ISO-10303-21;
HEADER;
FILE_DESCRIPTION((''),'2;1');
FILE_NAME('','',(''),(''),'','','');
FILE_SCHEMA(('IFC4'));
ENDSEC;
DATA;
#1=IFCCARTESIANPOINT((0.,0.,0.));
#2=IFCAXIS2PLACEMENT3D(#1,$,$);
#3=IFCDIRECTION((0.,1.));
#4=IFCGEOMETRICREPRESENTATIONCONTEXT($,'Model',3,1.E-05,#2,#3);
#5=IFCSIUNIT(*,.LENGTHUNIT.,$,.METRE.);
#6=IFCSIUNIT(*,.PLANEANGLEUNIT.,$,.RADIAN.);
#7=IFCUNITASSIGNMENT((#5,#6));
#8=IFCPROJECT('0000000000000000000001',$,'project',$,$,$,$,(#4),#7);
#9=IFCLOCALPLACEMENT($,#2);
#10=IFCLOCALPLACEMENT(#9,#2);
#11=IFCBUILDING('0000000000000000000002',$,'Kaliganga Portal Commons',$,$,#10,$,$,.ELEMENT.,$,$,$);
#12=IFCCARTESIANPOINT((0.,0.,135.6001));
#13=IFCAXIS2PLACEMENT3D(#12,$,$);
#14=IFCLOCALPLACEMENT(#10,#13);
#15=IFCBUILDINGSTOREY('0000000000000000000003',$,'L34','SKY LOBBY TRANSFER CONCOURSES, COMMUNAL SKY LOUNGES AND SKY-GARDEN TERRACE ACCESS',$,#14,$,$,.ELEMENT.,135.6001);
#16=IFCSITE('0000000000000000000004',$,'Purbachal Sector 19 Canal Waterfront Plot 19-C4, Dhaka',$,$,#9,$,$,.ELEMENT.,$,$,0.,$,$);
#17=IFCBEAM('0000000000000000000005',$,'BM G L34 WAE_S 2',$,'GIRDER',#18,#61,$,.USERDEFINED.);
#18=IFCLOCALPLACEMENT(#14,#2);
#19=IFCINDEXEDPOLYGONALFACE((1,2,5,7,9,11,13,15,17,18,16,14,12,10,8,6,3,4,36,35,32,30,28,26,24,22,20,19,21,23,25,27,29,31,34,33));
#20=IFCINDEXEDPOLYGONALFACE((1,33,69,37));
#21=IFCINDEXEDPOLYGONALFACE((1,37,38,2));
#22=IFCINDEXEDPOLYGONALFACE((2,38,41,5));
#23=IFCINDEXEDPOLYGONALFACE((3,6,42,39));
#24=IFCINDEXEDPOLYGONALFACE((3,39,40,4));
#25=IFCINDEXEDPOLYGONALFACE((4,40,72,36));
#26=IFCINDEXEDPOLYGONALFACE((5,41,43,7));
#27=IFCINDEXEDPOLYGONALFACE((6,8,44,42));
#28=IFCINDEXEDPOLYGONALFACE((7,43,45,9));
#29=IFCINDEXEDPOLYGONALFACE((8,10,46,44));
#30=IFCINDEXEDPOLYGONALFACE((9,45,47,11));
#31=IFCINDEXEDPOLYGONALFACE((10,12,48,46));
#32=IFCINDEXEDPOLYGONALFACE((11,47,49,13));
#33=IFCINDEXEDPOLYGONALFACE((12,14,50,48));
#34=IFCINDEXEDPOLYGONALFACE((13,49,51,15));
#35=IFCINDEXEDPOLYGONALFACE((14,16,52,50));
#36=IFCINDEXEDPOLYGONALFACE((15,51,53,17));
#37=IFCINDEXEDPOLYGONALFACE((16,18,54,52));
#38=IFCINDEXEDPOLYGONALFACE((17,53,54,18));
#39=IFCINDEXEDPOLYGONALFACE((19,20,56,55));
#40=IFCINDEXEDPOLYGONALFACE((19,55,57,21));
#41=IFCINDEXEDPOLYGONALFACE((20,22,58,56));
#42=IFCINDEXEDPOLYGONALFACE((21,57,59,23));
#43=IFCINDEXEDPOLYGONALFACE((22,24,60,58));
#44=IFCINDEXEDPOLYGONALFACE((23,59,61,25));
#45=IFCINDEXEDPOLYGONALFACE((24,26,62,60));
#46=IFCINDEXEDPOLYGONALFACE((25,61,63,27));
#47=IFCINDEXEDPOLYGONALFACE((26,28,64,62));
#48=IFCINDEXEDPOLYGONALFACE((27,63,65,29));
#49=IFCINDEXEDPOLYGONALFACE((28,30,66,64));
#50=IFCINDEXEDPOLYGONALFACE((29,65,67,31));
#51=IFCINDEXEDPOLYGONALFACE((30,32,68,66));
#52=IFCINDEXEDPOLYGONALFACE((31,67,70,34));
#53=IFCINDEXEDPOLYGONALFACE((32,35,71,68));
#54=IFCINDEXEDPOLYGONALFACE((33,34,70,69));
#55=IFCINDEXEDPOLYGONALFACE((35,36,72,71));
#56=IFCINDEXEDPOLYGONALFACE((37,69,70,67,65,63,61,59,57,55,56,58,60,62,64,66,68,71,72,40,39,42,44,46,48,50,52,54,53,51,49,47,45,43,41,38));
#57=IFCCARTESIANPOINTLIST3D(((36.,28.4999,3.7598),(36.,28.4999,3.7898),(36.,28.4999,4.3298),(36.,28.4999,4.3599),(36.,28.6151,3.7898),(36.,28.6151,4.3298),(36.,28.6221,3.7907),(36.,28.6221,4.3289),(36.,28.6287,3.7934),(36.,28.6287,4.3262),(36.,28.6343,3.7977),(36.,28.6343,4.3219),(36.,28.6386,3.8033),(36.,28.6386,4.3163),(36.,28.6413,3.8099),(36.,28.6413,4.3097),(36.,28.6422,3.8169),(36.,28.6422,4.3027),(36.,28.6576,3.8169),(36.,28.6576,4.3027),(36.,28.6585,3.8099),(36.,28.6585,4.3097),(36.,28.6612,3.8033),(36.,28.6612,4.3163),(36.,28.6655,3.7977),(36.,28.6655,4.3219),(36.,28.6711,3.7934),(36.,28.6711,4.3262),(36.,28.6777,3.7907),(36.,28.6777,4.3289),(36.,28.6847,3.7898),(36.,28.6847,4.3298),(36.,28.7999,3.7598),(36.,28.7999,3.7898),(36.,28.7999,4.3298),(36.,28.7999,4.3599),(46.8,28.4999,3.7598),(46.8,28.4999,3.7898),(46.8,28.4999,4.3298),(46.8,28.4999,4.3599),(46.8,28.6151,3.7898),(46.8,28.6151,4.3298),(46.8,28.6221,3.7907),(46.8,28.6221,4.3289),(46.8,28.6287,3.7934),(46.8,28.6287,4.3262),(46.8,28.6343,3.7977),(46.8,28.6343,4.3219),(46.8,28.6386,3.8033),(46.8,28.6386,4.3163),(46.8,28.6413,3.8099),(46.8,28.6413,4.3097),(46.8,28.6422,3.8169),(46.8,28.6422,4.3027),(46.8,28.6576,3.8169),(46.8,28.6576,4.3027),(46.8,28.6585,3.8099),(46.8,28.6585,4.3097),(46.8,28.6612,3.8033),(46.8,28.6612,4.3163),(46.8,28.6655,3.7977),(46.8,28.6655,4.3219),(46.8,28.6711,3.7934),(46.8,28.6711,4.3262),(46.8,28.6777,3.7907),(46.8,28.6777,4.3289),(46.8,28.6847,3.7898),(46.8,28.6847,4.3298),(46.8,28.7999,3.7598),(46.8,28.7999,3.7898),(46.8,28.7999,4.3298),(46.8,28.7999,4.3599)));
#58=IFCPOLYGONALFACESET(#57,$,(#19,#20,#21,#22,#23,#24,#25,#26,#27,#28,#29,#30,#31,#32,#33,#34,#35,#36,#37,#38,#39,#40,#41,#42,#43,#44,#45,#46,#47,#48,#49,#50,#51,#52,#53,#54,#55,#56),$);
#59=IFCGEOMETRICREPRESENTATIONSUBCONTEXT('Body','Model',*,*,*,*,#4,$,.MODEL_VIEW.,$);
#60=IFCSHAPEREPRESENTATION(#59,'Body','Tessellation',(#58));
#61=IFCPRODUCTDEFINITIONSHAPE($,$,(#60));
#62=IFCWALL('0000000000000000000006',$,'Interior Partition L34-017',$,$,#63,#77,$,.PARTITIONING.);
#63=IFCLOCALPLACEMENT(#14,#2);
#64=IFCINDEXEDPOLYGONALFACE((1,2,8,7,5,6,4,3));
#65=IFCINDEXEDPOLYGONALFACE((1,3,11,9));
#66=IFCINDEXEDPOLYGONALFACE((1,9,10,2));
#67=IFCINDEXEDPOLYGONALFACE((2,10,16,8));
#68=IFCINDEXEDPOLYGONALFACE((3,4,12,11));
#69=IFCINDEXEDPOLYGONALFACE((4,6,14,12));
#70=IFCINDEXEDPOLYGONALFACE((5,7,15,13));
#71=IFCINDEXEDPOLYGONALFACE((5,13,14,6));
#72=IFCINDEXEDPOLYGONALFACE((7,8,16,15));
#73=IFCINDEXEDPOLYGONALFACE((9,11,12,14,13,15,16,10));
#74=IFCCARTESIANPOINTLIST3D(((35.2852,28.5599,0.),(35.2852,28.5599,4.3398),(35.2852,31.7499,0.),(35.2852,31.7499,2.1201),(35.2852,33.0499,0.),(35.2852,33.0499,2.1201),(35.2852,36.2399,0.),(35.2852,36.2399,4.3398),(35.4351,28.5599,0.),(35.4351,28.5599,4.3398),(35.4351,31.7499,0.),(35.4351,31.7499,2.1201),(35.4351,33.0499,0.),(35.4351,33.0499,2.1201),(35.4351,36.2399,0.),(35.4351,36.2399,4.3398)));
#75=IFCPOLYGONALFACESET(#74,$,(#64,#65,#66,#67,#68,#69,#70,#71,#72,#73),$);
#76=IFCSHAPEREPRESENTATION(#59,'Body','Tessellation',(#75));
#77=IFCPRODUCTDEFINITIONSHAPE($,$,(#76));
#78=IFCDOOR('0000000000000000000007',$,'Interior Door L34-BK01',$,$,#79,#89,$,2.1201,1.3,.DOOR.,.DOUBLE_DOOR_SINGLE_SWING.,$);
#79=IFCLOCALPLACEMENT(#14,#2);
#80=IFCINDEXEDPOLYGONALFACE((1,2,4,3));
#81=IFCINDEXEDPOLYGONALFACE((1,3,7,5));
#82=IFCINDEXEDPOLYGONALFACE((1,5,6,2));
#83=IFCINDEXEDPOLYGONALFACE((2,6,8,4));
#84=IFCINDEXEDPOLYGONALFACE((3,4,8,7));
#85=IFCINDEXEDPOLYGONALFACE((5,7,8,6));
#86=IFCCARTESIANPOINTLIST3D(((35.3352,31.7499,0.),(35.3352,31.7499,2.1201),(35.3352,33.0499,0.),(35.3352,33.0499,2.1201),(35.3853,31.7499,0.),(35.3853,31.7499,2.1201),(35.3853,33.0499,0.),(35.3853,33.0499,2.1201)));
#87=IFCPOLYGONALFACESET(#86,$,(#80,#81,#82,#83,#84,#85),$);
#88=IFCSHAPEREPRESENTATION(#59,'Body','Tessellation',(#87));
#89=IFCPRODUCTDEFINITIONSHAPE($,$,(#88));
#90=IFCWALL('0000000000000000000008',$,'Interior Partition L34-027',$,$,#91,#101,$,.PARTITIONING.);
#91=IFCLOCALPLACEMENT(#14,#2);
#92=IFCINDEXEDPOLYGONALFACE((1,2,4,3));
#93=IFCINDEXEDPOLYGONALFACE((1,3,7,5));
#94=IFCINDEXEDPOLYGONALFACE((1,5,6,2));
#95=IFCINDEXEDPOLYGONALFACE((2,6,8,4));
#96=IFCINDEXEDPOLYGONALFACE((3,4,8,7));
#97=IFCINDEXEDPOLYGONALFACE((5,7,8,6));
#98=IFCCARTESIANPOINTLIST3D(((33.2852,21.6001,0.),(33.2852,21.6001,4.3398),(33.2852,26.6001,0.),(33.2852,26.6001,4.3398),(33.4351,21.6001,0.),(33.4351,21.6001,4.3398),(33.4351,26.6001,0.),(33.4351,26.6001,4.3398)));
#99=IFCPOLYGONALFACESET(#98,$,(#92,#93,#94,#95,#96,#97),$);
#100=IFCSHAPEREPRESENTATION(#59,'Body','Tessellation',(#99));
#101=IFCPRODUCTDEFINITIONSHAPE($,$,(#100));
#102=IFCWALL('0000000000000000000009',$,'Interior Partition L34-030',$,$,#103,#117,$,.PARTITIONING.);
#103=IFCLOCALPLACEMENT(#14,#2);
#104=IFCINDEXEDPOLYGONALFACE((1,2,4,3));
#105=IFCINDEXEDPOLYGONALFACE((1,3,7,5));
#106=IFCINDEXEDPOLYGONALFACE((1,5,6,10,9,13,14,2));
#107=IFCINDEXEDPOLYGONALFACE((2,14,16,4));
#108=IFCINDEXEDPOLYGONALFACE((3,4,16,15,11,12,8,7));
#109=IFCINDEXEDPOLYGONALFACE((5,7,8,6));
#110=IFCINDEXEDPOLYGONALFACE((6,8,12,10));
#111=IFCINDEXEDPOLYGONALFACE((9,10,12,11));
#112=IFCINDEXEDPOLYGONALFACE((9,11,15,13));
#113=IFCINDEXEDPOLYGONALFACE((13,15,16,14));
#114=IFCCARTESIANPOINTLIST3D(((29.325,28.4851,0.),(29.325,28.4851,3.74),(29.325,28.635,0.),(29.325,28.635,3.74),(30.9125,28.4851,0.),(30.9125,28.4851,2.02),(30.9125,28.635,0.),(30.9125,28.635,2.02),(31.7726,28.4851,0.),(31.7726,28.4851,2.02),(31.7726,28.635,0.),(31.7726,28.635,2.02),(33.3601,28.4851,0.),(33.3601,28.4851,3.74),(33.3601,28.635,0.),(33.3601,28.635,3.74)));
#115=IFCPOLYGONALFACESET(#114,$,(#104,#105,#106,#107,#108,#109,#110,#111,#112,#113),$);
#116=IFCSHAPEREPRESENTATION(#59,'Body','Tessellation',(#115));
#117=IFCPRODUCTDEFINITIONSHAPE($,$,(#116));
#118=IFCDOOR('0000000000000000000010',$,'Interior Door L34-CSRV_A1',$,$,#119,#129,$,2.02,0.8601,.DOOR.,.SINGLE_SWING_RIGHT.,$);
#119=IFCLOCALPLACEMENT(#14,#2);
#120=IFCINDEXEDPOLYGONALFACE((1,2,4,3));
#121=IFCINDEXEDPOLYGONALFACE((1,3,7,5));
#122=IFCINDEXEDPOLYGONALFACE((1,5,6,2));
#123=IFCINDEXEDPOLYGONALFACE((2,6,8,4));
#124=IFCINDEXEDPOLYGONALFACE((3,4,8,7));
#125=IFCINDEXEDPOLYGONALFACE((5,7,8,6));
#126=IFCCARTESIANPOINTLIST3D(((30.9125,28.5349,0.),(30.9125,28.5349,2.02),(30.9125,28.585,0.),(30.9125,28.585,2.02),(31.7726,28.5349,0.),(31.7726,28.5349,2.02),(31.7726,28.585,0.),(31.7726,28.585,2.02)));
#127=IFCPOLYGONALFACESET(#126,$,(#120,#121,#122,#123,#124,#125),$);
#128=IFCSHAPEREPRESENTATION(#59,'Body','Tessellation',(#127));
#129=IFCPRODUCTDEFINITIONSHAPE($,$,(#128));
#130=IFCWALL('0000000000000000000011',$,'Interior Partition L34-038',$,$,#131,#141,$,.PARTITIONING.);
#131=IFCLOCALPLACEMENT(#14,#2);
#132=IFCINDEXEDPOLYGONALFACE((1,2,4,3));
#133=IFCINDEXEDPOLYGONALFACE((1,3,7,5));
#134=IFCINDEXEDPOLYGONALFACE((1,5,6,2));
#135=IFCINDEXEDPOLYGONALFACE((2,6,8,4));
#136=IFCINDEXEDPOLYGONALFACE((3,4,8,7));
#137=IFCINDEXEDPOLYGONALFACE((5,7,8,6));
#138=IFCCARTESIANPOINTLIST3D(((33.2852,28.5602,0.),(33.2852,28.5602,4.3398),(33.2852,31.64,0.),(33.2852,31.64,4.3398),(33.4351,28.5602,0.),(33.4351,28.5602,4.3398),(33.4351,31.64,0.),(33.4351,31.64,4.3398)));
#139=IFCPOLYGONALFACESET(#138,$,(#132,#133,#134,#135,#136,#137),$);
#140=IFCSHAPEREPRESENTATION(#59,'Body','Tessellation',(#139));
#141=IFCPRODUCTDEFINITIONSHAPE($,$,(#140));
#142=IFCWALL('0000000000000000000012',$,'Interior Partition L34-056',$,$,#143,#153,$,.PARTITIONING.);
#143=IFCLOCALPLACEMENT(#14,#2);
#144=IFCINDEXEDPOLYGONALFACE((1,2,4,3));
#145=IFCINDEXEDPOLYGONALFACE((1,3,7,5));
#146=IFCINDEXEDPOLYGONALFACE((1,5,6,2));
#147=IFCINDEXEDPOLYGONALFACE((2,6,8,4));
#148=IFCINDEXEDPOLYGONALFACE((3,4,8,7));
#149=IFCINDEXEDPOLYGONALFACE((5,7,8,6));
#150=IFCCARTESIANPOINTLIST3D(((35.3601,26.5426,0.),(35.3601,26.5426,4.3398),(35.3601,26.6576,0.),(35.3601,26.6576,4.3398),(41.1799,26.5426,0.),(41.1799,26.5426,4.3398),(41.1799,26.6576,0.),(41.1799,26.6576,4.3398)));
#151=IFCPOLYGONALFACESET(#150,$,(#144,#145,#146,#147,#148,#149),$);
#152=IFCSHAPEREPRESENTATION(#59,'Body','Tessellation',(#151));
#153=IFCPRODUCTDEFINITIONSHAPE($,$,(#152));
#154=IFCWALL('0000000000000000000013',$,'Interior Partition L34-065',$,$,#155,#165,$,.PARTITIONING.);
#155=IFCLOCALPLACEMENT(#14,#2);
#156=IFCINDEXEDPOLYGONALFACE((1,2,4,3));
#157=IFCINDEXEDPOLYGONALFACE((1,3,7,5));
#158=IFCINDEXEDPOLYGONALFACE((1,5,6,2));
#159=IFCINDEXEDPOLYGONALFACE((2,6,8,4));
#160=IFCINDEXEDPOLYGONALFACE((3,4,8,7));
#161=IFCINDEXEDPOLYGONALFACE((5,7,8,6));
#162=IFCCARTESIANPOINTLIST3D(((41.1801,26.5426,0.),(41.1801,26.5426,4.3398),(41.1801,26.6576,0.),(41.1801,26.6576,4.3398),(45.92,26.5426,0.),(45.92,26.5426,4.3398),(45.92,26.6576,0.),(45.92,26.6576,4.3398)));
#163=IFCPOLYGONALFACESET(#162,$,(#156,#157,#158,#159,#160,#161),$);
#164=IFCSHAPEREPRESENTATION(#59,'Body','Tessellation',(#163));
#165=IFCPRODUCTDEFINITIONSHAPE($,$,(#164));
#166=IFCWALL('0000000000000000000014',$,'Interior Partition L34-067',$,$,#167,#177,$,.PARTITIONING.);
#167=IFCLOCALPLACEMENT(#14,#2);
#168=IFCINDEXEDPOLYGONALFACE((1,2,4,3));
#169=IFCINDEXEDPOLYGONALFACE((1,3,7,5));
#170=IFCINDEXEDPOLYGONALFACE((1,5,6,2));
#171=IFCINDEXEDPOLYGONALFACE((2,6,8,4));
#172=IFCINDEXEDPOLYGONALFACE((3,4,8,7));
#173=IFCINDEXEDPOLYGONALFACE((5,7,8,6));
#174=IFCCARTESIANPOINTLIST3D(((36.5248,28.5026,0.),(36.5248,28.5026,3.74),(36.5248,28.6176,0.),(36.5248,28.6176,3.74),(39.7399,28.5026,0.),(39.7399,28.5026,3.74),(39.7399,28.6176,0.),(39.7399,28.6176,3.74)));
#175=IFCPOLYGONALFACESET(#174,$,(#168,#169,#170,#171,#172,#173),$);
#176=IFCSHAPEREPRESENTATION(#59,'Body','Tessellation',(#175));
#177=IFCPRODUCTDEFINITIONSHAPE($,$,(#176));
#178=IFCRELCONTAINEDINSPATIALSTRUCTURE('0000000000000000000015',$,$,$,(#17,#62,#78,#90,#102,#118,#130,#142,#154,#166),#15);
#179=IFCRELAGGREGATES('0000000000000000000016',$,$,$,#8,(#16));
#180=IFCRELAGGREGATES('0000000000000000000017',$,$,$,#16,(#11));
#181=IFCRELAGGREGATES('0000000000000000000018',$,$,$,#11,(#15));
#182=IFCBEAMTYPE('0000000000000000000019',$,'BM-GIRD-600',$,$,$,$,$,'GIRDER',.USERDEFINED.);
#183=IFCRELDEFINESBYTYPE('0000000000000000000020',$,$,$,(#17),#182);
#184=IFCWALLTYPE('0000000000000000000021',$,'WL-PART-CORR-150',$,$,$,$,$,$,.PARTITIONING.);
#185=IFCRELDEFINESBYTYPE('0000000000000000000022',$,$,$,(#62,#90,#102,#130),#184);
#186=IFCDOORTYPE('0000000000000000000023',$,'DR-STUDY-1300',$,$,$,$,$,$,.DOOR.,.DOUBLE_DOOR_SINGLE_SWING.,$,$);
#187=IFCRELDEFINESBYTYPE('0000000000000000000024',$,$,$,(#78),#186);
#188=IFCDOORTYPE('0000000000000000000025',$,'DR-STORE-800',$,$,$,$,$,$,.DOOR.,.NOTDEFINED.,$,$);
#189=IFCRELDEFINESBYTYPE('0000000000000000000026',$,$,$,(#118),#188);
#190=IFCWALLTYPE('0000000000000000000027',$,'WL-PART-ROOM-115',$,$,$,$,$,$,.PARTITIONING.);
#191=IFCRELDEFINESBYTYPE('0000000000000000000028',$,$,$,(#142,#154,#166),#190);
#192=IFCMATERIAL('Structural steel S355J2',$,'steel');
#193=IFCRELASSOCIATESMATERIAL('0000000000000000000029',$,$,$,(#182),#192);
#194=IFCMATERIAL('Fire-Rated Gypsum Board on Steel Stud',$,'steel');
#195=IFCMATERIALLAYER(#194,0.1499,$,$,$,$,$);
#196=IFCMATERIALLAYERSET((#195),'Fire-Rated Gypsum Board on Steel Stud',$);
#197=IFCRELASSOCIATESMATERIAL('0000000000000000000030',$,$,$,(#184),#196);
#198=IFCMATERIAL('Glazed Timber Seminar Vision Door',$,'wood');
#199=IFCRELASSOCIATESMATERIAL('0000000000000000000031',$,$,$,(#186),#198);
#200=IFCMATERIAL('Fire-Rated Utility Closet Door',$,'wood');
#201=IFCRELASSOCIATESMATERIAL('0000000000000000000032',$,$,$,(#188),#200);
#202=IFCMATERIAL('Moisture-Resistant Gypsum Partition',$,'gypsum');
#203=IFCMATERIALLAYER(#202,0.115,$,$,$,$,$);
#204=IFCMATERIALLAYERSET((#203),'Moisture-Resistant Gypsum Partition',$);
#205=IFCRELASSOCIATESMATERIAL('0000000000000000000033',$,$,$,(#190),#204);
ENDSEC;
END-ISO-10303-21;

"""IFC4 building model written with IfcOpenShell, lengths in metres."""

from ifc_helpers import new_model, si_unit, direction, frame, frame_2d, origin, origin_2d, place, context, subcontext, project, spatial, rectangle, i_section, extrude, source, transform, mapped, material, layer, layer_set, material_profile, profile_set, type_object, element, fill, save


model = new_model("IFC4")

# Units and contexts
model_context = context("Model", 3, precision=1e-05, world=origin(), true_north=direction((0.0, 1.0)))
body_context = subcontext(model_context, "Body", "Model", "MODEL_VIEW")
ifc_project = project(units=[si_unit("LENGTHUNIT", "METRE"), si_unit("PLANEANGLEUNIT", "RADIAN")], contexts=[model_context])

# Site, building, storey
site_placement = place(None, origin())
site = spatial("IfcSite", under=ifc_project, at=site_placement, Name="Purbachal Sector 19 Canal Waterfront Plot 19-C4, Dhaka", CompositionType="ELEMENT", RefElevation=0.0)
building_placement = place(site_placement, origin())
building = spatial("IfcBuilding", under=site, at=building_placement, Name="Kaliganga Portal Commons", CompositionType="ELEMENT")
storey_placement = place(building_placement, frame((0.0, 0.0, 135.6001)))
storey = spatial("IfcBuildingStorey", under=building, at=storey_placement, Name="L34", Description="SKY LOBBY TRANSFER CONCOURSES, COMMUNAL SKY LOUNGES AND SKY-GARDEN TERRACE ACCESS", CompositionType="ELEMENT", Elevation=135.6001)

# Beam
ifc_material_1 = material(Name="Structural steel S355J2", Category="steel")
ifc_material_profile_1 = material_profile(ifc_material_1, i_section(OverallWidth=0.3, OverallDepth=0.6001, WebThickness=0.0154, FlangeThickness=0.03, FilletRadius=0.0271, at=origin_2d()), Name="HE 600 B")
ifc_profile_set_1 = profile_set([ifc_material_profile_1], Name="Structural steel S355J2 wide-flange")
beam_type_1 = type_object("IfcBeamType", Name="BM-GIRD-600", ElementType="GIRDER", PredefinedType="USERDEFINED", material=ifc_profile_set_1)
shared_shape_1 = source(origin(), body_context, "Body", "SweptSolid", [
    extrude(i_section(OverallWidth=0.3, OverallDepth=0.6001, WebThickness=0.0154, FlangeThickness=0.03, FilletRadius=0.0271, at=origin_2d()), origin(), (0.0, 0.0, 1.0), 10.8),
])
beam_1_placement = place(storey_placement, frame((36.0, 28.6499, 4.0598), z_axis=(1.0, 0.0, 0.0), x_axis=(0.0, 1.0, 0.0)))
element("IfcBeam", 1, at=beam_1_placement, inside=storey, type_object=beam_type_1, Name="BM G L34 WAE_S 2", ObjectType="GIRDER", PredefinedType="USERDEFINED", context=body_context, shape_type="MappedRepresentation", body=[
    mapped(shared_shape_1, transform((0.0, 0.0, 0.0), x_axis=(1.0, 0.0, 0.0), y_axis=(0.0, 1.0, 0.0), z_axis=(0.0, 0.0, 1.0), scale=1.0)),
])

# Wall, opening, door
ifc_material_2 = material(Name="Fire-Rated Gypsum Board on Steel Stud", Category="steel")
ifc_layer_1 = layer(ifc_material_2, 0.1499)
ifc_layer_set_1 = layer_set([ifc_layer_1], Name="Fire-Rated Gypsum Board on Steel Stud")
wall_type_1 = type_object("IfcWallType", Name="WL-PART-CORR-150", PredefinedType="PARTITIONING", material=ifc_layer_set_1)
wall_1_placement = place(storey_placement, frame((35.3601, 28.5601, 0.0), z_axis=(0.0, 0.0, 1.0), x_axis=(0.0, 1.0, 0.0)))
wall_1 = element("IfcWall", 2, at=wall_1_placement, inside=storey, type_object=wall_type_1, Name="Interior Partition L34-017", PredefinedType="PARTITIONING", context=body_context, shape_type="SweptSolid", body=[
    extrude(rectangle(XDim=7.6799, YDim=0.1499, at=frame_2d((3.8398, 0.0))), origin(), (0.0, 0.0, 1.0), 4.3398),
])
opening_1_placement = place(wall_1_placement, frame((3.1899, 0.0, 0.0)))
opening_1 = element("IfcOpeningElement", 3, at=opening_1_placement, cuts=wall_1, PredefinedType="OPENING", context=body_context, shape_type="SweptSolid", body=[
    extrude(rectangle(XDim=1.3, YDim=2.1201, at=frame_2d((0.6499, 1.0601))), frame((0.0, 0.085, 0.0), z_axis=(0.0, -1.0, 0.0), x_axis=(1.0, 0.0, 0.0)), (0.0, 0.0, 1.0), 0.1699),
])
ifc_material_3 = material(Name="Glazed Timber Seminar Vision Door", Category="wood")
door_type_1 = type_object("IfcDoorType", Name="DR-STUDY-1300", OperationType="DOUBLE_DOOR_SINGLE_SWING", PredefinedType="DOOR", material=ifc_material_3)
door_1_placement = place(opening_1_placement, origin())
door_1 = element("IfcDoor", 4, at=door_1_placement, inside=storey, type_object=door_type_1, Name="Interior Door L34-BK01", OperationType="DOUBLE_DOOR_SINGLE_SWING", OverallHeight=2.1201, OverallWidth=1.3, PredefinedType="DOOR", context=body_context, shape_type="SweptSolid", body=[
    extrude(rectangle(XDim=1.3, YDim=2.1201, at=frame_2d((0.6499, 1.0601))), frame((0.0, 0.0249, 0.0), z_axis=(0.0, -1.0, 0.0), x_axis=(1.0, 0.0, 0.0)), (0.0, 0.0, 1.0), 0.05),
])
fill(opening_1, door_1)

# Wall
wall_2_placement = place(storey_placement, frame((33.3601, 21.6001, 0.0), z_axis=(0.0, 0.0, 1.0), x_axis=(0.0, 1.0, 0.0)))
element("IfcWall", 5, at=wall_2_placement, inside=storey, type_object=wall_type_1, Name="Interior Partition L34-027", PredefinedType="PARTITIONING", context=body_context, shape_type="SweptSolid", body=[
    extrude(rectangle(XDim=5.0, YDim=0.1499, at=frame_2d((2.5, 0.0))), origin(), (0.0, 0.0, 1.0), 4.3398),
])

# Wall, opening, door
wall_3_placement = place(storey_placement, frame((29.325, 28.5601, 0.0), z_axis=(0.0, 0.0, 1.0), x_axis=(1.0, 0.0, 0.0)))
wall_3 = element("IfcWall", 6, at=wall_3_placement, inside=storey, type_object=wall_type_1, Name="Interior Partition L34-030", PredefinedType="PARTITIONING", context=body_context, shape_type="SweptSolid", body=[
    extrude(rectangle(XDim=4.0352, YDim=0.1499, at=frame_2d((2.0176, 0.0))), origin(), (0.0, 0.0, 1.0), 3.74),
])
opening_2_placement = place(wall_3_placement, frame((1.5874, 0.0, 0.0)))
opening_2 = element("IfcOpeningElement", 7, at=opening_2_placement, cuts=wall_3, PredefinedType="OPENING", context=body_context, shape_type="SweptSolid", body=[
    extrude(rectangle(XDim=0.8601, YDim=2.02, at=frame_2d((0.4302, 1.01))), frame((0.0, 0.085, 0.0), z_axis=(0.0, -1.0, 0.0), x_axis=(1.0, 0.0, 0.0)), (0.0, 0.0, 1.0), 0.1699),
])
ifc_material_4 = material(Name="Fire-Rated Utility Closet Door", Category="wood")
door_type_2 = type_object("IfcDoorType", Name="DR-STORE-800", OperationType="NOTDEFINED", PredefinedType="DOOR", material=ifc_material_4)
door_2_placement = place(opening_2_placement, origin())
door_2 = element("IfcDoor", 8, at=door_2_placement, inside=storey, type_object=door_type_2, Name="Interior Door L34-CSRV_A1", OperationType="SINGLE_SWING_RIGHT", OverallHeight=2.02, OverallWidth=0.8601, PredefinedType="DOOR", context=body_context, shape_type="SweptSolid", body=[
    extrude(rectangle(XDim=0.8601, YDim=2.02, at=frame_2d((0.4302, 1.01))), frame((0.0, 0.0249, 0.0), z_axis=(0.0, -1.0, 0.0), x_axis=(1.0, 0.0, 0.0)), (0.0, 0.0, 1.0), 0.05),
])
fill(opening_2, door_2)

# Walls
wall_4_placement = place(storey_placement, frame((33.3601, 28.5601, 0.0), z_axis=(0.0, 0.0, 1.0), x_axis=(0.0, 1.0, 0.0)))
element("IfcWall", 9, at=wall_4_placement, inside=storey, type_object=wall_type_1, Name="Interior Partition L34-038", PredefinedType="PARTITIONING", context=body_context, shape_type="SweptSolid", body=[
    extrude(rectangle(XDim=3.0798, YDim=0.1499, at=frame_2d((1.54, 0.0))), origin(), (0.0, 0.0, 1.0), 4.3398),
])
ifc_material_5 = material(Name="Moisture-Resistant Gypsum Partition", Category="gypsum")
ifc_layer_2 = layer(ifc_material_5, 0.115)
ifc_layer_set_2 = layer_set([ifc_layer_2], Name="Moisture-Resistant Gypsum Partition")
wall_type_2 = type_object("IfcWallType", Name="WL-PART-ROOM-115", PredefinedType="PARTITIONING", material=ifc_layer_set_2)
wall_5_placement = place(storey_placement, frame((35.3601, 26.6001, 0.0), z_axis=(0.0, 0.0, 1.0), x_axis=(1.0, 0.0, 0.0)))
element("IfcWall", 10, at=wall_5_placement, inside=storey, type_object=wall_type_2, Name="Interior Partition L34-056", PredefinedType="PARTITIONING", context=body_context, shape_type="SweptSolid", body=[
    extrude(rectangle(XDim=5.8198, YDim=0.115, at=frame_2d((2.9099, 0.0))), origin(), (0.0, 0.0, 1.0), 4.3398),
])
wall_6_placement = place(storey_placement, frame((41.1799, 26.6001, 0.0), z_axis=(0.0, 0.0, 1.0), x_axis=(1.0, 0.0, 0.0)))
element("IfcWall", 11, at=wall_6_placement, inside=storey, type_object=wall_type_2, Name="Interior Partition L34-065", PredefinedType="PARTITIONING", context=body_context, shape_type="SweptSolid", body=[
    extrude(rectangle(XDim=4.74, YDim=0.115, at=frame_2d((2.3701, 0.0))), origin(), (0.0, 0.0, 1.0), 4.3398),
])
wall_7_placement = place(storey_placement, frame((36.5249, 28.5601, 0.0), z_axis=(0.0, 0.0, 1.0), x_axis=(1.0, 0.0, 0.0)))
element("IfcWall", 12, at=wall_7_placement, inside=storey, type_object=wall_type_2, Name="Interior Partition L34-067", PredefinedType="PARTITIONING", context=body_context, shape_type="SweptSolid", body=[
    extrude(rectangle(XDim=3.2151, YDim=0.115, at=frame_2d((1.6074, 0.0))), origin(), (0.0, 0.0, 1.0), 3.74),
])

save(model, "model.ifc")
